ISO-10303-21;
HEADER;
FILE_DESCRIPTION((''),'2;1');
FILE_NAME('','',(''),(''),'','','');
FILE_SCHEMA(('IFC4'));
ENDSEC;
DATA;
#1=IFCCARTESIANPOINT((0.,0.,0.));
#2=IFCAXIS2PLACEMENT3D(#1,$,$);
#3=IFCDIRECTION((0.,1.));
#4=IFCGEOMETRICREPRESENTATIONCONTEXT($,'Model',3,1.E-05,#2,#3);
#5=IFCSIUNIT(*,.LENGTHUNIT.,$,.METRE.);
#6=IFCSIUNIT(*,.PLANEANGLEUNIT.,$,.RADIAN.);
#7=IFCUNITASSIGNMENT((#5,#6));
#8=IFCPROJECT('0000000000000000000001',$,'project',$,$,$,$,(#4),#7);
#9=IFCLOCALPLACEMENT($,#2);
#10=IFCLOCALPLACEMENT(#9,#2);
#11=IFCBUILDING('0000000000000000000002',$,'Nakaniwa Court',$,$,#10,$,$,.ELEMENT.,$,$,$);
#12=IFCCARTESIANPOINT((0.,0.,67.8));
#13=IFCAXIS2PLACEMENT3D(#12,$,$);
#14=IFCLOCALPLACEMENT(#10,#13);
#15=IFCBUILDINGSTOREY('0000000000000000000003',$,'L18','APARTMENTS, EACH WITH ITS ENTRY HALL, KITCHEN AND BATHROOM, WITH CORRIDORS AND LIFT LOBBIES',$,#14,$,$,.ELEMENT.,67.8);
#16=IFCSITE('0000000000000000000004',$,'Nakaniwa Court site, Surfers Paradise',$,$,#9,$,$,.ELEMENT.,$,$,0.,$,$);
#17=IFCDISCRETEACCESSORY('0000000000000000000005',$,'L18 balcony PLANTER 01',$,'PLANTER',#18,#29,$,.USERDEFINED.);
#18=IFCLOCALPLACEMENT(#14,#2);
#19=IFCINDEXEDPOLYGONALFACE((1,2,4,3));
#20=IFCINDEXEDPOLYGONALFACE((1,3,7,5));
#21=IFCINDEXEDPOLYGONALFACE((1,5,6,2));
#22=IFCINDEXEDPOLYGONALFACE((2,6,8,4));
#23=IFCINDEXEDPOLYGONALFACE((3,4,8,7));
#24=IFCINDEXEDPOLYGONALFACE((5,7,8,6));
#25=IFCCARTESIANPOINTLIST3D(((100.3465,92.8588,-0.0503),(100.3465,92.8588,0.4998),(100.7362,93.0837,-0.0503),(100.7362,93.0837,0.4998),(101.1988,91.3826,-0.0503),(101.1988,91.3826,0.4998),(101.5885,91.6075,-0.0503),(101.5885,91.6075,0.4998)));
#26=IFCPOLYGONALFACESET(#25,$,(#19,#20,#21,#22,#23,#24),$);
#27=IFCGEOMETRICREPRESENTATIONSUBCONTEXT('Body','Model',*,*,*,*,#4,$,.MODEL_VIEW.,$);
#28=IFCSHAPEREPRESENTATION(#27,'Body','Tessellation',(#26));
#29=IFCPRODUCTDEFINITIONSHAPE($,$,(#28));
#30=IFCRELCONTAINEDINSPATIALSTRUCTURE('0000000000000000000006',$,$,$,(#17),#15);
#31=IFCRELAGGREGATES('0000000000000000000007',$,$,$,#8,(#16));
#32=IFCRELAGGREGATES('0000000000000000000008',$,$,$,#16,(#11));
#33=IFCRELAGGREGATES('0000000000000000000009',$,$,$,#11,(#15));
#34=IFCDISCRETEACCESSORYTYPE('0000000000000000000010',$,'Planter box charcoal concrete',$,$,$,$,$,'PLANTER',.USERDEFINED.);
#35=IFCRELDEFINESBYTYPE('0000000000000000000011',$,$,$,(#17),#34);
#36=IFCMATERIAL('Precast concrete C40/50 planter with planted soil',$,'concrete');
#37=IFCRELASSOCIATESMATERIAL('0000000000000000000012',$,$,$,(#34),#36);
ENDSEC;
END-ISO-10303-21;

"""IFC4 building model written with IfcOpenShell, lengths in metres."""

from ifc_helpers import new_model, si_unit, direction, frame, origin, origin_2d, place, context, subcontext, project, spatial, rectangle, extrude, material, type_object, element, save


model = new_model("IFC4")

# Units and contexts
model_context = context("Model", 3, precision=1e-05, world=origin(), true_north=direction((0.0, 1.0)))
body_context = subcontext(model_context, "Body", "Model", "MODEL_VIEW")
ifc_project = project(units=[si_unit("LENGTHUNIT", "METRE"), si_unit("PLANEANGLEUNIT", "RADIAN")], contexts=[model_context])

# Site, building, storey
site_placement = place(None, origin())
site = spatial("IfcSite", under=ifc_project, at=site_placement, Name="Nakaniwa Court site, Surfers Paradise", CompositionType="ELEMENT", RefElevation=0.0)
building_placement = place(site_placement, origin())
building = spatial("IfcBuilding", under=site, at=building_placement, Name="Nakaniwa Court", CompositionType="ELEMENT")
storey_placement = place(building_placement, frame((0.0, 0.0, 67.8)))
storey = spatial("IfcBuildingStorey", under=building, at=storey_placement, Name="L18", Description="APARTMENTS, EACH WITH ITS ENTRY HALL, KITCHEN AND BATHROOM, WITH CORRIDORS AND LIFT LOBBIES", CompositionType="ELEMENT", Elevation=67.8)

# Discrete accessory
ifc_material_1 = material(Name="Precast concrete C40/50 planter with planted soil", Category="concrete")
discrete_accessory_type_1 = type_object("IfcDiscreteAccessoryType", Name="Planter box charcoal concrete", ElementType="PLANTER", PredefinedType="USERDEFINED", material=ifc_material_1)
discrete_accessory_1_placement = place(storey_placement, frame((100.9675, 92.2332, -0.0503), z_axis=(0.0, 0.0, 1.0), x_axis=(-0.500005, 0.866023, 0.0)))
element("IfcDiscreteAccessory", 1, at=discrete_accessory_1_placement, inside=storey, type_object=discrete_accessory_type_1, Name="L18 balcony PLANTER 01", ObjectType="PLANTER", PredefinedType="USERDEFINED", context=body_context, shape_type="SweptSolid", body=[
    extrude(rectangle(XDim=1.7046, YDim=0.45, at=origin_2d()), origin(), (0.0, 0.0, 1.0), 0.55),
])

save(model, "model.ifc")
